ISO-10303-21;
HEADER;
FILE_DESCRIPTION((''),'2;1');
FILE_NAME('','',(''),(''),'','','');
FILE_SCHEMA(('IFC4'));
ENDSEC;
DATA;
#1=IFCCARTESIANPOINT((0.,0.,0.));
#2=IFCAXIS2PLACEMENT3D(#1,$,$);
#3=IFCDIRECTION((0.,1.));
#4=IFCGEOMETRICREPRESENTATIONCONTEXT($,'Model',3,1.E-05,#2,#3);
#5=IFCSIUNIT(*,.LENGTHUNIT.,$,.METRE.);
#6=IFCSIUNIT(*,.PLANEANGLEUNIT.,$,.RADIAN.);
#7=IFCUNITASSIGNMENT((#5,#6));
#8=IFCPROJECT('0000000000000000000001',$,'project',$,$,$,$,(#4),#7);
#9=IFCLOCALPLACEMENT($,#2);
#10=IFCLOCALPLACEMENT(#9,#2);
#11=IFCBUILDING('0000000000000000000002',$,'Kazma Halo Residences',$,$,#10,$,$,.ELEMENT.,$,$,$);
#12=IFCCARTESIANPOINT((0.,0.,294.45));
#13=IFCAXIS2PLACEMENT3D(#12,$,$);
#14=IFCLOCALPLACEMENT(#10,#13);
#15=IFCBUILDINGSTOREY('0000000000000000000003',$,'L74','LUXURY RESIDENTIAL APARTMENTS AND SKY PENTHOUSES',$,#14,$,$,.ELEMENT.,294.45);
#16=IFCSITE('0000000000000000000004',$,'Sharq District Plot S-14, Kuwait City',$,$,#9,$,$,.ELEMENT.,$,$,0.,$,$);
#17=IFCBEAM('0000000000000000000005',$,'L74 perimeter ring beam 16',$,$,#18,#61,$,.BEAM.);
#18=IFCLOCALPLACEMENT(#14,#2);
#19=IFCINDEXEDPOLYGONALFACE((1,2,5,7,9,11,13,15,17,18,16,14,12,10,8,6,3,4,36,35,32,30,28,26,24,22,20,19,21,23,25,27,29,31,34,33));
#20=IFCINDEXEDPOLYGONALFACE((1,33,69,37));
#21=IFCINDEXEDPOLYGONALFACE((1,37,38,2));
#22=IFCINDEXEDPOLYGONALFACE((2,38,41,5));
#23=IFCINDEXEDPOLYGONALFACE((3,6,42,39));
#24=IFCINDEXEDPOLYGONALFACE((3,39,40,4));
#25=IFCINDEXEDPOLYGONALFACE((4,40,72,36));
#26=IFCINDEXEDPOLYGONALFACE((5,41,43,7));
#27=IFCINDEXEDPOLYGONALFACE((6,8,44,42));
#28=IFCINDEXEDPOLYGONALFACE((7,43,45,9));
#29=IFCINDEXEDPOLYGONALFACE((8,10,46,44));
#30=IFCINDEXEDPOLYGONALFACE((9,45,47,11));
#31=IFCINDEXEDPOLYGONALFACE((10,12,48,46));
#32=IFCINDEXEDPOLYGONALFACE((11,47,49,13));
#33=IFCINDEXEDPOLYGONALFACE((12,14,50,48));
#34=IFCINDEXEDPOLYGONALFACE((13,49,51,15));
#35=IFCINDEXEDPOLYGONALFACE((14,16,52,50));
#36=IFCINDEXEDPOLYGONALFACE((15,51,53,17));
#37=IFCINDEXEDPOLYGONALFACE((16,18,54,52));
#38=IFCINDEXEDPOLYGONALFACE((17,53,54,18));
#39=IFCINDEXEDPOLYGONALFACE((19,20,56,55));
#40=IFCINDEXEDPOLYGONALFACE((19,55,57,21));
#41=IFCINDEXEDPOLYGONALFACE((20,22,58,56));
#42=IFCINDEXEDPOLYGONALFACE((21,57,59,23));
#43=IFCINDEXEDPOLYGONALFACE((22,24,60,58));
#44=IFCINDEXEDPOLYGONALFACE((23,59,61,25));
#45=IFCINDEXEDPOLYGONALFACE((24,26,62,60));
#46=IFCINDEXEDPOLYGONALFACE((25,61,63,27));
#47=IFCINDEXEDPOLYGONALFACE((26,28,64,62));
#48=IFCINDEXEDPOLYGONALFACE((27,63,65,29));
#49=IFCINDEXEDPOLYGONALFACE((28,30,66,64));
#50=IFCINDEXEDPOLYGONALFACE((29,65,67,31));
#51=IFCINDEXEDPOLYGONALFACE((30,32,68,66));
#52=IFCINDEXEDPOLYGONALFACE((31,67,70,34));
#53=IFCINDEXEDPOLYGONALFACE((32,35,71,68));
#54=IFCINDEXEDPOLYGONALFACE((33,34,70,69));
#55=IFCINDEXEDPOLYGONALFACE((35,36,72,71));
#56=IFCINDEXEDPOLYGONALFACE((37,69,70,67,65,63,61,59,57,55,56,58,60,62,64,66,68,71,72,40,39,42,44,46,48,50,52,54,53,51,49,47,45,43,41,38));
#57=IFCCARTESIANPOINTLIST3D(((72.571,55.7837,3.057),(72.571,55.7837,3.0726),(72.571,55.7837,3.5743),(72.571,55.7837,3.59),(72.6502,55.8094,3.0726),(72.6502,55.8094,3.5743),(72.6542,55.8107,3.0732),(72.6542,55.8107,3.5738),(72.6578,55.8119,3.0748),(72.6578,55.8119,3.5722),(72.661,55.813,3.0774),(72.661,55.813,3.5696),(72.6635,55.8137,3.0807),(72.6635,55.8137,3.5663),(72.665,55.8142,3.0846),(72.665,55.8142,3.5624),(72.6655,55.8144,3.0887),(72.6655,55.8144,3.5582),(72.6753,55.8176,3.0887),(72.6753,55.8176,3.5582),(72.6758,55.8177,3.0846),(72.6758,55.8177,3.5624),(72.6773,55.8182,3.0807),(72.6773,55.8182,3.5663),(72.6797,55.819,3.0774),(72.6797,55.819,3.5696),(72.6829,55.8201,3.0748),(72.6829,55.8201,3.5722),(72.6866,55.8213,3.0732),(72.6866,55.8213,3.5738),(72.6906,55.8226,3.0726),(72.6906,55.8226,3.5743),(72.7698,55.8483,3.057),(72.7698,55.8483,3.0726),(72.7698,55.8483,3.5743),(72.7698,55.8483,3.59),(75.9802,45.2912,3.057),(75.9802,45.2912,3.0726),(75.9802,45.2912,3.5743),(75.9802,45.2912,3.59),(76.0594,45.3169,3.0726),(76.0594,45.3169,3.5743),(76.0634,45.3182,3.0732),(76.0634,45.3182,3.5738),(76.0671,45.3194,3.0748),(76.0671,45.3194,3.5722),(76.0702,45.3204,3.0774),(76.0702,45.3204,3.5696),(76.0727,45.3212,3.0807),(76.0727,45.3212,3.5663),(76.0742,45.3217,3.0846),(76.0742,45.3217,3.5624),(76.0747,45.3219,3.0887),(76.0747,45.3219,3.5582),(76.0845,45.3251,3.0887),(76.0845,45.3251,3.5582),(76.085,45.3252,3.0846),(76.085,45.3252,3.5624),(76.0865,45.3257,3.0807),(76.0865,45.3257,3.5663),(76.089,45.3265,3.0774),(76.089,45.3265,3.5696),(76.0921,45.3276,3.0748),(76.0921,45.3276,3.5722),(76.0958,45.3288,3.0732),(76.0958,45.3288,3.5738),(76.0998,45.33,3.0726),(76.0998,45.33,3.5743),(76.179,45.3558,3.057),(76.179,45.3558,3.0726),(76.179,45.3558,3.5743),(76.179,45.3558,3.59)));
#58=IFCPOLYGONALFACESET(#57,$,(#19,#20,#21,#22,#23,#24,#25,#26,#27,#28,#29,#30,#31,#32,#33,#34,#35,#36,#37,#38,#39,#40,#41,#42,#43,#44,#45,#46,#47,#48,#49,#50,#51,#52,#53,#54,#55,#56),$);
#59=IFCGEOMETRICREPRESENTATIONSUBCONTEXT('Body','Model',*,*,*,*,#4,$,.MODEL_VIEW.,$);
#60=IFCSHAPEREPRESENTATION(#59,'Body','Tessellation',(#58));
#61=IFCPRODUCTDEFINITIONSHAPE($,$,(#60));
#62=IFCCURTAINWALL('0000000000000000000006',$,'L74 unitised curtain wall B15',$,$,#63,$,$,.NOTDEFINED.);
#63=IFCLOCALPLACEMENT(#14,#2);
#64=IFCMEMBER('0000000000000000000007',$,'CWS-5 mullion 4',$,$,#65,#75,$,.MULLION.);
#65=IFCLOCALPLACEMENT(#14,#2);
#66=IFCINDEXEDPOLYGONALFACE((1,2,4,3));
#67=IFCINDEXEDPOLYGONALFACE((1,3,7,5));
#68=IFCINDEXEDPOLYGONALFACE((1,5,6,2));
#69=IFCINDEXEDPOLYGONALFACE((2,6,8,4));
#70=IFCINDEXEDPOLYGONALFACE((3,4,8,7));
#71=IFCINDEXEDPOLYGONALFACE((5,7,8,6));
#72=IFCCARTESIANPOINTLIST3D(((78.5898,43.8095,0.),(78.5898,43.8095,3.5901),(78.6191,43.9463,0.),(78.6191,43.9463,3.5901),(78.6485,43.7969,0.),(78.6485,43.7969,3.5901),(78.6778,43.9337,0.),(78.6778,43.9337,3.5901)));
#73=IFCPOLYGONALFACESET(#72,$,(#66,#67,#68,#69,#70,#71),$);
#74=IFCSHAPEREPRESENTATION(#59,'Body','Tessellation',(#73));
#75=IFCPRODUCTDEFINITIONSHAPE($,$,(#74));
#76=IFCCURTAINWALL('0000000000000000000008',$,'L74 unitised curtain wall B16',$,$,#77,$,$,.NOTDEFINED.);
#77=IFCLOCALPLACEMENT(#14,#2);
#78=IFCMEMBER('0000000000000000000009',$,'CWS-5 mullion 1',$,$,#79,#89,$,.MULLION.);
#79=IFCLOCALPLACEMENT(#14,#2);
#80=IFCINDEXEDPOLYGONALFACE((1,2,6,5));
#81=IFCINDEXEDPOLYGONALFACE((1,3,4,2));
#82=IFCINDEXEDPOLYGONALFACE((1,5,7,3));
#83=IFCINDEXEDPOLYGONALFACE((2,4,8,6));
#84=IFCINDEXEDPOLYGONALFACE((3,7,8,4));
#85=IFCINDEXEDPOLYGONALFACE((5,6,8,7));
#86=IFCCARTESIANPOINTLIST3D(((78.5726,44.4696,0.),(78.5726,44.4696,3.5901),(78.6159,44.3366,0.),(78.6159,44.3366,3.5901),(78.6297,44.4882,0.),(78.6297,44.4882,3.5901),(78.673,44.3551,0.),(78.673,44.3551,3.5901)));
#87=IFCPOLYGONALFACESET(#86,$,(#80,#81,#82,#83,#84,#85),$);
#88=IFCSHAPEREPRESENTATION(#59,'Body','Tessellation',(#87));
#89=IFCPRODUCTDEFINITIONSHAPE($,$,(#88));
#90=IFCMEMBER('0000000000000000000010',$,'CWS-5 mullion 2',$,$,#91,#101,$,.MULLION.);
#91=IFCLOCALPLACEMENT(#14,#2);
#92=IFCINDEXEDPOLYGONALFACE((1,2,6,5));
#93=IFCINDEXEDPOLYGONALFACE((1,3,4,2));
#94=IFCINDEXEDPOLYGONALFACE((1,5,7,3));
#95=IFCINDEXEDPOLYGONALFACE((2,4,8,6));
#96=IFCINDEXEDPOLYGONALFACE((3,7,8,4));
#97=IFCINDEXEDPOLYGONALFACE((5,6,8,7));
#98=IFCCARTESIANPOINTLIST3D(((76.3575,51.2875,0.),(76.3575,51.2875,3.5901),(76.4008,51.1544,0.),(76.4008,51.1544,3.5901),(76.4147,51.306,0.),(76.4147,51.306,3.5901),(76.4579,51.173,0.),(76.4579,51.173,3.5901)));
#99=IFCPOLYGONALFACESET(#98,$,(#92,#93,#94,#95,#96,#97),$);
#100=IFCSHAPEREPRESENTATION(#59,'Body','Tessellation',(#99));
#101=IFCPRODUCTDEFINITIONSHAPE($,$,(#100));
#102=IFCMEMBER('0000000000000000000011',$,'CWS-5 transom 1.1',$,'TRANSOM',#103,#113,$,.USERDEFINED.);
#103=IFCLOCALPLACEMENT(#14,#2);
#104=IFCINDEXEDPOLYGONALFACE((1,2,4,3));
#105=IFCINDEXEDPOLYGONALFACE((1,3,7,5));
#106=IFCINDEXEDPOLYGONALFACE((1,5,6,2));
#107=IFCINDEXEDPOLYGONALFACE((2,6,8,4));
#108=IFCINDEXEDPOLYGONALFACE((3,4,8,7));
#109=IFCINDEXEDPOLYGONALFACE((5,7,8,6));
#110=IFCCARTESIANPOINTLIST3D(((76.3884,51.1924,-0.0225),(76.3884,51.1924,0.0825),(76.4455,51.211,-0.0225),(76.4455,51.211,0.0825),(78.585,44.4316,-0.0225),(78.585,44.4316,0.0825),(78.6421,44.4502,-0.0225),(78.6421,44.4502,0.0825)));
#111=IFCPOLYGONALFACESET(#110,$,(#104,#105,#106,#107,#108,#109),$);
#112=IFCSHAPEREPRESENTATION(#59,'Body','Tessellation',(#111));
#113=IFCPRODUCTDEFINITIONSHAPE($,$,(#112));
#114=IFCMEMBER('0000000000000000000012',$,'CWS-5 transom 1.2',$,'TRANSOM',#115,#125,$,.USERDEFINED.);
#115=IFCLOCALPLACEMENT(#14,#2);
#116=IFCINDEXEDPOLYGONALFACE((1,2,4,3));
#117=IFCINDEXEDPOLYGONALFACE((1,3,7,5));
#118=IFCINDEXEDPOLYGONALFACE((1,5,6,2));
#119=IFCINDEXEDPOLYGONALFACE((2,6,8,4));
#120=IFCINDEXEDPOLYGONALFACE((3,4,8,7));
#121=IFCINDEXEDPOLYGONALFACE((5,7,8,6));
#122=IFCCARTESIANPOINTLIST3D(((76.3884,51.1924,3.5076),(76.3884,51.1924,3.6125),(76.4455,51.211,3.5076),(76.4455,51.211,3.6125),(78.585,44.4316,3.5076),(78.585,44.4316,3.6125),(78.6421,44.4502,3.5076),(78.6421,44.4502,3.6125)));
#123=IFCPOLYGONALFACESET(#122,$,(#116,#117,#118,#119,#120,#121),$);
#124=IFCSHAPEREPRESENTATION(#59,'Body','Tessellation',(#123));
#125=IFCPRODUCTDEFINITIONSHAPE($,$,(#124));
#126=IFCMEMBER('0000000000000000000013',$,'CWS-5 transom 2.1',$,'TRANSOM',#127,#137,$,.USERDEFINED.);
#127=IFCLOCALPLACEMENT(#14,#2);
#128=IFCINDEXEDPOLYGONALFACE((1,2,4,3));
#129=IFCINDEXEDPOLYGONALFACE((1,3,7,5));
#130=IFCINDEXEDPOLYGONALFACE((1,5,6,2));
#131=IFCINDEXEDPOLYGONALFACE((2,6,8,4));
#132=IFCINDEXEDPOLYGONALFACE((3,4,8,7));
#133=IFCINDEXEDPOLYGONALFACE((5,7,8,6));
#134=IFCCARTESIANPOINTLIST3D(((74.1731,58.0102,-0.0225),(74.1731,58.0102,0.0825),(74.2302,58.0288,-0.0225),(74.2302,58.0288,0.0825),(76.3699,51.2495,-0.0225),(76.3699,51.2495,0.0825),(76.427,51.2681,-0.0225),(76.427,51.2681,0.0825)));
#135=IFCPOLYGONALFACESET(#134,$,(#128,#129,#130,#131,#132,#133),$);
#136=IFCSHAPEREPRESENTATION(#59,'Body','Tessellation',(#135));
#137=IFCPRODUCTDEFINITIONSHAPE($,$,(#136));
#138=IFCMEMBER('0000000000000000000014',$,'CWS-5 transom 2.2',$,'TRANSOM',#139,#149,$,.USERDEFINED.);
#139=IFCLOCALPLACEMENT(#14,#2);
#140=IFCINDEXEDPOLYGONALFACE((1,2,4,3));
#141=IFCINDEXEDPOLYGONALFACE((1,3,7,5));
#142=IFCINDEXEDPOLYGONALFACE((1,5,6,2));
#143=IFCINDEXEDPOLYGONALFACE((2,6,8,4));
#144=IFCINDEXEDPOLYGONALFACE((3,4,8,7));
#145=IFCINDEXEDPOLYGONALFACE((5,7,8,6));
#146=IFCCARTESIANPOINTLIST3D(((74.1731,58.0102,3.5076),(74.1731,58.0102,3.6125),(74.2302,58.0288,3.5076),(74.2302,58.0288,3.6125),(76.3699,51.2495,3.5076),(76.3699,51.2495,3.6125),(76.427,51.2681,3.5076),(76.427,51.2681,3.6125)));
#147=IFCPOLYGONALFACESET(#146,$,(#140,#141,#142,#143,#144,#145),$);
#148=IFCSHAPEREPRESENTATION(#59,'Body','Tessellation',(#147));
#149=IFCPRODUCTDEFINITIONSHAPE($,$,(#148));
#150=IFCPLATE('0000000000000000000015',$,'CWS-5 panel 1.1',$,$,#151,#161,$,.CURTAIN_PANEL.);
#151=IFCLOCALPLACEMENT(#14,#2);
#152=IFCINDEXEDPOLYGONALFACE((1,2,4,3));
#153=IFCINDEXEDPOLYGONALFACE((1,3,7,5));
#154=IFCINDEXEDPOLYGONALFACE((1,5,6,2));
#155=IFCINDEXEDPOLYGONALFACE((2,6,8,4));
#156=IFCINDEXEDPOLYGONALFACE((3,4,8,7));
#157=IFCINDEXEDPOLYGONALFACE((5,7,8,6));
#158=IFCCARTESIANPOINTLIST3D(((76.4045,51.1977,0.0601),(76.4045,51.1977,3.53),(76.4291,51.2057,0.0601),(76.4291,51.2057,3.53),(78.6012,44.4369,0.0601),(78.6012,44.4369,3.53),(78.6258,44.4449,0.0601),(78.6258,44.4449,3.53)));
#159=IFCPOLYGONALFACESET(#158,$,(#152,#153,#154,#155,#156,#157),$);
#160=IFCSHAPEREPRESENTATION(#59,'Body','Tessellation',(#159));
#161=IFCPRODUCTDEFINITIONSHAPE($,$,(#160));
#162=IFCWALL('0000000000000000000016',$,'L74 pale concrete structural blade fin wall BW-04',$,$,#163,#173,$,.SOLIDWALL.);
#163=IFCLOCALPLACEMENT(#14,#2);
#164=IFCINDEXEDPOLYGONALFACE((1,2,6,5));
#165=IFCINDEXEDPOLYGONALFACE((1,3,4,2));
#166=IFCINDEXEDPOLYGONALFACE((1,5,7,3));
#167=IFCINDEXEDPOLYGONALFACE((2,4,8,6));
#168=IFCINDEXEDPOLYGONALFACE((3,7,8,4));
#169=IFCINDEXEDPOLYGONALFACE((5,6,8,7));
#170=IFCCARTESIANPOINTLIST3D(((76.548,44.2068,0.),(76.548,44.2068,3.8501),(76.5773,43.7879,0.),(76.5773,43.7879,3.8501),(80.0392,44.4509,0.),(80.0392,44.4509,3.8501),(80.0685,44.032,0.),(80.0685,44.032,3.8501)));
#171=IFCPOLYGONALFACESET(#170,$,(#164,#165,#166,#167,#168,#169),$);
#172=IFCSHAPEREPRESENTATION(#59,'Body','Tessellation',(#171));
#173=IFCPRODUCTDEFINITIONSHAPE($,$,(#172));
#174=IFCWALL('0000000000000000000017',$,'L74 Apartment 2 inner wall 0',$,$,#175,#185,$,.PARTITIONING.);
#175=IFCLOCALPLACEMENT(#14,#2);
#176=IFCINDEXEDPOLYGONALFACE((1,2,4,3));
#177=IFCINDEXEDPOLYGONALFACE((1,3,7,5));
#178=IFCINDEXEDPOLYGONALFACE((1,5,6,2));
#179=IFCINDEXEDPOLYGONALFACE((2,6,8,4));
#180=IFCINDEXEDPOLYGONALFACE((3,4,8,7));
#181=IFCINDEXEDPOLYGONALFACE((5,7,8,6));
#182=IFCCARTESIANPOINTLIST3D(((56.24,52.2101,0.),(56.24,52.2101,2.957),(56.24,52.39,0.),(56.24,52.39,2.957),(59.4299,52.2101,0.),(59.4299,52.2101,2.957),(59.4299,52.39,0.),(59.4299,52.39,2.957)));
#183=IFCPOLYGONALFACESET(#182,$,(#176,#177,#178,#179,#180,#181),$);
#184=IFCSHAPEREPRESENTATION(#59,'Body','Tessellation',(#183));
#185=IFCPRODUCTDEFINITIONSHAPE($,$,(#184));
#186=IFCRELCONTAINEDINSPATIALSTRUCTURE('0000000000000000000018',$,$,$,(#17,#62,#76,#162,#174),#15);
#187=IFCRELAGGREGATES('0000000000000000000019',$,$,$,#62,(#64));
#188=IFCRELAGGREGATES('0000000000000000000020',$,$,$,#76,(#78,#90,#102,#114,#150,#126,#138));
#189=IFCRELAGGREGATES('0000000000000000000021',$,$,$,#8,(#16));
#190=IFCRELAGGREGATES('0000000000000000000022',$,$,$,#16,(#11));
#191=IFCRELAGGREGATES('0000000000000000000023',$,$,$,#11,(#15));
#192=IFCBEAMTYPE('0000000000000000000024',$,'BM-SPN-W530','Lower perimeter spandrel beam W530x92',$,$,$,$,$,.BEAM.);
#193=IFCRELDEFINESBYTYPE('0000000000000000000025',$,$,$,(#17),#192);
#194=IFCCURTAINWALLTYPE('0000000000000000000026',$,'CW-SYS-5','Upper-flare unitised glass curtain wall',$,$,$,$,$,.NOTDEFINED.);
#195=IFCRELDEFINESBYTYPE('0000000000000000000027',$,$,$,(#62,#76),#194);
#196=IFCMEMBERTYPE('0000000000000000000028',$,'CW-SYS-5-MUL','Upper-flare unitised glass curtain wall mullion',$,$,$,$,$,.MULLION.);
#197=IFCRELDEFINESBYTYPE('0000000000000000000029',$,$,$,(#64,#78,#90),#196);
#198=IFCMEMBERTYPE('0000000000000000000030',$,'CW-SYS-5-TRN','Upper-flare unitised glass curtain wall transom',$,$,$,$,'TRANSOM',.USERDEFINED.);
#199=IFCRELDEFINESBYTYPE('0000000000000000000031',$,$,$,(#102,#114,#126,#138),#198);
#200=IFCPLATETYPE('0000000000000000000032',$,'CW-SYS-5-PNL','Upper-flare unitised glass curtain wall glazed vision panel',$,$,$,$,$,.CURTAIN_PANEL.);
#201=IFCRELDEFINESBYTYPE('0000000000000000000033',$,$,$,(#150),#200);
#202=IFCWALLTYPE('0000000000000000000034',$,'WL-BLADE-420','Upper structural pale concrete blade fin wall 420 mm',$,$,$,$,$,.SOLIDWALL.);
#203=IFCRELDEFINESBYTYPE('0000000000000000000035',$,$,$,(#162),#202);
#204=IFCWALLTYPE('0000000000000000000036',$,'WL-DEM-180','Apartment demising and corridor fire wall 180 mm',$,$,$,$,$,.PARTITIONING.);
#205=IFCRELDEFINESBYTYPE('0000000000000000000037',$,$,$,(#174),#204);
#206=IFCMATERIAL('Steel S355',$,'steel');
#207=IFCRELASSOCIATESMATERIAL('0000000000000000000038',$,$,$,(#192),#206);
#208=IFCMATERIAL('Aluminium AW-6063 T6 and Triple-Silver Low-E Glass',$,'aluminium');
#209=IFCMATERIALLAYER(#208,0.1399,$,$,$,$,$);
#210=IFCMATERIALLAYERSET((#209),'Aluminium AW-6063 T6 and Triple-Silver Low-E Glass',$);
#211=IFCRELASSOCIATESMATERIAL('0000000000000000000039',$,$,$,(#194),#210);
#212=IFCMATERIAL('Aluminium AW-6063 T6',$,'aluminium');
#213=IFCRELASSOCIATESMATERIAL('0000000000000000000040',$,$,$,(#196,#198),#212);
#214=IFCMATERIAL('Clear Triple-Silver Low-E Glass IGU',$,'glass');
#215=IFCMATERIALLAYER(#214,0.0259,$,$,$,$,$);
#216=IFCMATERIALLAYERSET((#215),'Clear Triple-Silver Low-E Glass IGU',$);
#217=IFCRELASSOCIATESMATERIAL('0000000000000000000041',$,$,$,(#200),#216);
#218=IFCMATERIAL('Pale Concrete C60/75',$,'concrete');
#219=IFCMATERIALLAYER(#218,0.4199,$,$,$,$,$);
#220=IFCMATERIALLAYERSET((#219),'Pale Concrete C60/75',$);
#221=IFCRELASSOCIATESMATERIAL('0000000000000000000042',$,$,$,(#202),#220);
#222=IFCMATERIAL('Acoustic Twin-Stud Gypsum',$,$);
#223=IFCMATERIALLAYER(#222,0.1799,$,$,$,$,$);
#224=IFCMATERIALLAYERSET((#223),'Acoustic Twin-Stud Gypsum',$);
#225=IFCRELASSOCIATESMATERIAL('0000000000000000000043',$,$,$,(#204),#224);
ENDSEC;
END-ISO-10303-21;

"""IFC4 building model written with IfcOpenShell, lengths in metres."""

from ifc_helpers import new_model, si_unit, direction, frame, frame_2d, origin, origin_2d, place, context, subcontext, project, spatial, rectangle, i_section, extrude, material, layer, layer_set, material_profile, profile_set, type_object, element, aggregate, save


model = new_model("IFC4")

# Units and contexts
model_context = context("Model", 3, precision=1e-05, world=origin(), true_north=direction((0.0, 1.0)))
body_context = subcontext(model_context, "Body", "Model", "MODEL_VIEW")
ifc_project = project(units=[si_unit("LENGTHUNIT", "METRE"), si_unit("PLANEANGLEUNIT", "RADIAN")], contexts=[model_context])

# Site, building, storey
site_placement = place(None, origin())
site = spatial("IfcSite", under=ifc_project, at=site_placement, Name="Sharq District Plot S-14, Kuwait City", CompositionType="ELEMENT", RefElevation=0.0)
building_placement = place(site_placement, origin())
building = spatial("IfcBuilding", under=site, at=building_placement, Name="Kazma Halo Residences", CompositionType="ELEMENT")
storey_placement = place(building_placement, frame((0.0, 0.0, 294.45)))
storey = spatial("IfcBuildingStorey", under=building, at=storey_placement, Name="L74", Description="LUXURY RESIDENTIAL APARTMENTS AND SKY PENTHOUSES", CompositionType="ELEMENT", Elevation=294.45)

# Beam
ifc_material_1 = material(Name="Steel S355", Category="steel")
ifc_material_profile_1 = material_profile(ifc_material_1, i_section(OverallWidth=0.209, OverallDepth=0.533, WebThickness=0.0103, FlangeThickness=0.0156, FilletRadius=0.0161, at=origin_2d()), Name="W530x92")
ifc_profile_set_1 = profile_set([ifc_material_profile_1], Name="Steel S355")
beam_type_1 = type_object("IfcBeamType", Name="BM-SPN-W530", Description="Lower perimeter spandrel beam W530x92", PredefinedType="BEAM", material=ifc_profile_set_1)
beam_1_placement = place(storey_placement, frame((76.0796, 45.3235, 3.3235), z_axis=(-0.309016, 0.951057, 0.0), x_axis=(-0.951057, -0.309016, 0.0)))
element("IfcBeam", 1, at=beam_1_placement, inside=storey, type_object=beam_type_1, Name="L74 perimeter ring beam 16", PredefinedType="BEAM", context=body_context, shape_type="SweptSolid", body=[
    extrude(i_section(OverallWidth=0.209, OverallDepth=0.533, WebThickness=0.0103, FlangeThickness=0.0156, FilletRadius=0.0161, at=origin_2d()), origin(), (0.0, 0.0, 1.0), 11.0325),
])

# Curtain wall, member
ifc_material_2 = material(Name="Aluminium AW-6063 T6 and Triple-Silver Low-E Glass", Category="aluminium")
ifc_layer_1 = layer(ifc_material_2, 0.1399)
ifc_layer_set_1 = layer_set([ifc_layer_1], Name="Aluminium AW-6063 T6 and Triple-Silver Low-E Glass")
curtain_wall_type = type_object("IfcCurtainWallType", Name="CW-SYS-5", Description="Upper-flare unitised glass curtain wall", PredefinedType="NOTDEFINED", material=ifc_layer_set_1)
curtain_wall_1_placement = place(storey_placement, origin())
curtain_wall_1 = element("IfcCurtainWall", 2, at=curtain_wall_1_placement, inside=storey, type_object=curtain_wall_type, Name="L74 unitised curtain wall B15", PredefinedType="NOTDEFINED")
ifc_material_3 = material(Name="Aluminium AW-6063 T6", Category="aluminium")
ifc_material_profile_2 = material_profile(ifc_material_3, rectangle(XDim=0.0601, YDim=0.1399, at=origin_2d()), Name="CWM-60x140")
ifc_profile_set_2 = profile_set([ifc_material_profile_2], Name="Aluminium AW-6063 T6")
member_type_1 = type_object("IfcMemberType", Name="CW-SYS-5-MUL", Description="Upper-flare unitised glass curtain wall mullion", PredefinedType="MULLION", material=ifc_profile_set_2)
member_1_placement = place(storey_placement, frame((78.6338, 43.8716, 0.0), z_axis=(0.0, 0.0, 1.0), x_axis=(-0.977775, 0.209657, 0.0)))
member_1 = element("IfcMember", 3, at=member_1_placement, type_object=member_type_1, Name="CWS-5 mullion 4", PredefinedType="MULLION", context=body_context, shape_type="SweptSolid", body=[
    extrude(rectangle(XDim=0.0601, YDim=0.1399, at=origin_2d()), origin(), (0.0, 0.0, 1.0), 3.5901),
])
aggregate(curtain_wall_1, [member_1])

# Curtain wall, members, plate
curtain_wall_2_placement = place(storey_placement, origin())
curtain_wall_2 = element("IfcCurtainWall", 4, at=curtain_wall_2_placement, inside=storey, type_object=curtain_wall_type, Name="L74 unitised curtain wall B16", PredefinedType="NOTDEFINED")
member_2_placement = place(storey_placement, frame((78.6228, 44.4124, 0.0), z_axis=(0.0, 0.0, 1.0), x_axis=(-0.951058, -0.309011, 0.0)))
member_2 = element("IfcMember", 5, at=member_2_placement, type_object=member_type_1, Name="CWS-5 mullion 1", PredefinedType="MULLION", context=body_context, shape_type="SweptSolid", body=[
    extrude(rectangle(XDim=0.0601, YDim=0.1399, at=origin_2d()), origin(), (0.0, 0.0, 1.0), 3.5901),
])
member_3_placement = place(storey_placement, frame((76.4077, 51.2302, 0.0), z_axis=(0.0, 0.0, 1.0), x_axis=(-0.951058, -0.309011, 0.0)))
member_3 = element("IfcMember", 6, at=member_3_placement, type_object=member_type_1, Name="CWS-5 mullion 2", PredefinedType="MULLION", context=body_context, shape_type="SweptSolid", body=[
    extrude(rectangle(XDim=0.0601, YDim=0.1399, at=origin_2d()), origin(), (0.0, 0.0, 1.0), 3.5901),
])
ifc_material_profile_3 = material_profile(ifc_material_3, rectangle(XDim=0.0601, YDim=0.105, at=origin_2d()), Name="CWT-60x105")
ifc_profile_set_3 = profile_set([ifc_material_profile_3], Name="Aluminium AW-6063 T6")
member_type_2 = type_object("IfcMemberType", Name="CW-SYS-5-TRN", Description="Upper-flare unitised glass curtain wall transom", ElementType="TRANSOM", PredefinedType="USERDEFINED", material=ifc_profile_set_3)
member_4_placement = place(storey_placement, frame((78.6135, 44.4409, 0.03), z_axis=(-0.308996, 0.951063, 0.0), x_axis=(-0.951063, -0.308996, 0.0)))
member_4 = element("IfcMember", 7, at=member_4_placement, type_object=member_type_2, Name="CWS-5 transom 1.1", ObjectType="TRANSOM", PredefinedType="USERDEFINED", context=body_context, shape_type="SweptSolid", body=[
    extrude(rectangle(XDim=0.0601, YDim=0.105, at=origin_2d()), origin(), (0.0, 0.0, 1.0), 7.1086),
])
member_5_placement = place(storey_placement, frame((78.6135, 44.4409, 3.5601), z_axis=(-0.308996, 0.951063, 0.0), x_axis=(-0.951063, -0.308996, 0.0)))
member_5 = element("IfcMember", 8, at=member_5_placement, type_object=member_type_2, Name="CWS-5 transom 1.2", ObjectType="TRANSOM", PredefinedType="USERDEFINED", context=body_context, shape_type="SweptSolid", body=[
    extrude(rectangle(XDim=0.0601, YDim=0.105, at=origin_2d()), origin(), (0.0, 0.0, 1.0), 7.1086),
])
member_6_placement = place(storey_placement, frame((76.3984, 51.2588, 0.03), z_axis=(-0.309027, 0.951053, 0.0), x_axis=(-0.951053, -0.309027, 0.0)))
member_6 = element("IfcMember", 9, at=member_6_placement, type_object=member_type_2, Name="CWS-5 transom 2.1", ObjectType="TRANSOM", PredefinedType="USERDEFINED", context=body_context, shape_type="SweptSolid", body=[
    extrude(rectangle(XDim=0.0601, YDim=0.105, at=origin_2d()), origin(), (0.0, 0.0, 1.0), 7.1086),
])
member_7_placement = place(storey_placement, frame((76.3984, 51.2588, 3.5601), z_axis=(-0.309027, 0.951053, 0.0), x_axis=(-0.951053, -0.309027, 0.0)))
member_7 = element("IfcMember", 10, at=member_7_placement, type_object=member_type_2, Name="CWS-5 transom 2.2", ObjectType="TRANSOM", PredefinedType="USERDEFINED", context=body_context, shape_type="SweptSolid", body=[
    extrude(rectangle(XDim=0.0601, YDim=0.105, at=origin_2d()), origin(), (0.0, 0.0, 1.0), 7.1086),
])
ifc_material_4 = material(Name="Clear Triple-Silver Low-E Glass IGU", Category="glass")
ifc_layer_2 = layer(ifc_material_4, 0.0259)
ifc_layer_set_2 = layer_set([ifc_layer_2], Name="Clear Triple-Silver Low-E Glass IGU")
plate_type = type_object("IfcPlateType", Name="CW-SYS-5-PNL", Description="Upper-flare unitised glass curtain wall glazed vision panel", PredefinedType="CURTAIN_PANEL", material=ifc_layer_set_2)
plate_placement = place(storey_placement, frame((77.5151, 47.8213, 0.0601), z_axis=(0.0, 0.0, 1.0), x_axis=(-0.309011, 0.951058, 0.0)))
plate = element("IfcPlate", 11, at=plate_placement, type_object=plate_type, Name="CWS-5 panel 1.1", PredefinedType="CURTAIN_PANEL", context=body_context, shape_type="SweptSolid", body=[
    extrude(rectangle(XDim=7.1086, YDim=0.0259, at=origin_2d()), origin(), (0.0, 0.0, 1.0), 3.47),
])
aggregate(curtain_wall_2, [member_2, member_3, member_4, member_5, plate, member_6, member_7])

# Walls
ifc_material_5 = material(Name="Pale Concrete C60/75", Category="concrete")
ifc_layer_3 = layer(ifc_material_5, 0.4199)
ifc_layer_set_3 = layer_set([ifc_layer_3], Name="Pale Concrete C60/75")
wall_type_1 = type_object("IfcWallType", Name="WL-BLADE-420", Description="Upper structural pale concrete blade fin wall 420 mm", PredefinedType="SOLIDWALL", material=ifc_layer_set_3)
wall_1_placement = place(storey_placement, frame((76.5625, 43.9973, 0.0), z_axis=(0.0, 0.0, 1.0), x_axis=(0.997564, 0.06976, 0.0)))
element("IfcWall", 12, at=wall_1_placement, inside=storey, type_object=wall_type_1, Name="L74 pale concrete structural blade fin wall BW-04", PredefinedType="SOLIDWALL", context=body_context, shape_type="SweptSolid", body=[
    extrude(rectangle(XDim=3.4998, YDim=0.4199, at=frame_2d((1.75, 0.0))), origin(), (0.0, 0.0, 1.0), 3.8501),
])
ifc_material_6 = material(Name="Acoustic Twin-Stud Gypsum")
ifc_layer_4 = layer(ifc_material_6, 0.1799)
ifc_layer_set_4 = layer_set([ifc_layer_4], Name="Acoustic Twin-Stud Gypsum")
wall_type_2 = type_object("IfcWallType", Name="WL-DEM-180", Description="Apartment demising and corridor fire wall 180 mm", PredefinedType="PARTITIONING", material=ifc_layer_set_4)
wall_2_placement = place(storey_placement, frame((59.4299, 52.3, 0.0), z_axis=(0.0, 0.0, 1.0), x_axis=(-1.0, 0.0, 0.0)))
element("IfcWall", 13, at=wall_2_placement, inside=storey, type_object=wall_type_2, Name="L74 Apartment 2 inner wall 0", PredefinedType="PARTITIONING", context=body_context, shape_type="SweptSolid", body=[
    extrude(rectangle(XDim=3.1899, YDim=0.1799, at=frame_2d((1.595, 0.0))), origin(), (0.0, 0.0, 1.0), 2.957),
])

save(model, "model.ifc")
